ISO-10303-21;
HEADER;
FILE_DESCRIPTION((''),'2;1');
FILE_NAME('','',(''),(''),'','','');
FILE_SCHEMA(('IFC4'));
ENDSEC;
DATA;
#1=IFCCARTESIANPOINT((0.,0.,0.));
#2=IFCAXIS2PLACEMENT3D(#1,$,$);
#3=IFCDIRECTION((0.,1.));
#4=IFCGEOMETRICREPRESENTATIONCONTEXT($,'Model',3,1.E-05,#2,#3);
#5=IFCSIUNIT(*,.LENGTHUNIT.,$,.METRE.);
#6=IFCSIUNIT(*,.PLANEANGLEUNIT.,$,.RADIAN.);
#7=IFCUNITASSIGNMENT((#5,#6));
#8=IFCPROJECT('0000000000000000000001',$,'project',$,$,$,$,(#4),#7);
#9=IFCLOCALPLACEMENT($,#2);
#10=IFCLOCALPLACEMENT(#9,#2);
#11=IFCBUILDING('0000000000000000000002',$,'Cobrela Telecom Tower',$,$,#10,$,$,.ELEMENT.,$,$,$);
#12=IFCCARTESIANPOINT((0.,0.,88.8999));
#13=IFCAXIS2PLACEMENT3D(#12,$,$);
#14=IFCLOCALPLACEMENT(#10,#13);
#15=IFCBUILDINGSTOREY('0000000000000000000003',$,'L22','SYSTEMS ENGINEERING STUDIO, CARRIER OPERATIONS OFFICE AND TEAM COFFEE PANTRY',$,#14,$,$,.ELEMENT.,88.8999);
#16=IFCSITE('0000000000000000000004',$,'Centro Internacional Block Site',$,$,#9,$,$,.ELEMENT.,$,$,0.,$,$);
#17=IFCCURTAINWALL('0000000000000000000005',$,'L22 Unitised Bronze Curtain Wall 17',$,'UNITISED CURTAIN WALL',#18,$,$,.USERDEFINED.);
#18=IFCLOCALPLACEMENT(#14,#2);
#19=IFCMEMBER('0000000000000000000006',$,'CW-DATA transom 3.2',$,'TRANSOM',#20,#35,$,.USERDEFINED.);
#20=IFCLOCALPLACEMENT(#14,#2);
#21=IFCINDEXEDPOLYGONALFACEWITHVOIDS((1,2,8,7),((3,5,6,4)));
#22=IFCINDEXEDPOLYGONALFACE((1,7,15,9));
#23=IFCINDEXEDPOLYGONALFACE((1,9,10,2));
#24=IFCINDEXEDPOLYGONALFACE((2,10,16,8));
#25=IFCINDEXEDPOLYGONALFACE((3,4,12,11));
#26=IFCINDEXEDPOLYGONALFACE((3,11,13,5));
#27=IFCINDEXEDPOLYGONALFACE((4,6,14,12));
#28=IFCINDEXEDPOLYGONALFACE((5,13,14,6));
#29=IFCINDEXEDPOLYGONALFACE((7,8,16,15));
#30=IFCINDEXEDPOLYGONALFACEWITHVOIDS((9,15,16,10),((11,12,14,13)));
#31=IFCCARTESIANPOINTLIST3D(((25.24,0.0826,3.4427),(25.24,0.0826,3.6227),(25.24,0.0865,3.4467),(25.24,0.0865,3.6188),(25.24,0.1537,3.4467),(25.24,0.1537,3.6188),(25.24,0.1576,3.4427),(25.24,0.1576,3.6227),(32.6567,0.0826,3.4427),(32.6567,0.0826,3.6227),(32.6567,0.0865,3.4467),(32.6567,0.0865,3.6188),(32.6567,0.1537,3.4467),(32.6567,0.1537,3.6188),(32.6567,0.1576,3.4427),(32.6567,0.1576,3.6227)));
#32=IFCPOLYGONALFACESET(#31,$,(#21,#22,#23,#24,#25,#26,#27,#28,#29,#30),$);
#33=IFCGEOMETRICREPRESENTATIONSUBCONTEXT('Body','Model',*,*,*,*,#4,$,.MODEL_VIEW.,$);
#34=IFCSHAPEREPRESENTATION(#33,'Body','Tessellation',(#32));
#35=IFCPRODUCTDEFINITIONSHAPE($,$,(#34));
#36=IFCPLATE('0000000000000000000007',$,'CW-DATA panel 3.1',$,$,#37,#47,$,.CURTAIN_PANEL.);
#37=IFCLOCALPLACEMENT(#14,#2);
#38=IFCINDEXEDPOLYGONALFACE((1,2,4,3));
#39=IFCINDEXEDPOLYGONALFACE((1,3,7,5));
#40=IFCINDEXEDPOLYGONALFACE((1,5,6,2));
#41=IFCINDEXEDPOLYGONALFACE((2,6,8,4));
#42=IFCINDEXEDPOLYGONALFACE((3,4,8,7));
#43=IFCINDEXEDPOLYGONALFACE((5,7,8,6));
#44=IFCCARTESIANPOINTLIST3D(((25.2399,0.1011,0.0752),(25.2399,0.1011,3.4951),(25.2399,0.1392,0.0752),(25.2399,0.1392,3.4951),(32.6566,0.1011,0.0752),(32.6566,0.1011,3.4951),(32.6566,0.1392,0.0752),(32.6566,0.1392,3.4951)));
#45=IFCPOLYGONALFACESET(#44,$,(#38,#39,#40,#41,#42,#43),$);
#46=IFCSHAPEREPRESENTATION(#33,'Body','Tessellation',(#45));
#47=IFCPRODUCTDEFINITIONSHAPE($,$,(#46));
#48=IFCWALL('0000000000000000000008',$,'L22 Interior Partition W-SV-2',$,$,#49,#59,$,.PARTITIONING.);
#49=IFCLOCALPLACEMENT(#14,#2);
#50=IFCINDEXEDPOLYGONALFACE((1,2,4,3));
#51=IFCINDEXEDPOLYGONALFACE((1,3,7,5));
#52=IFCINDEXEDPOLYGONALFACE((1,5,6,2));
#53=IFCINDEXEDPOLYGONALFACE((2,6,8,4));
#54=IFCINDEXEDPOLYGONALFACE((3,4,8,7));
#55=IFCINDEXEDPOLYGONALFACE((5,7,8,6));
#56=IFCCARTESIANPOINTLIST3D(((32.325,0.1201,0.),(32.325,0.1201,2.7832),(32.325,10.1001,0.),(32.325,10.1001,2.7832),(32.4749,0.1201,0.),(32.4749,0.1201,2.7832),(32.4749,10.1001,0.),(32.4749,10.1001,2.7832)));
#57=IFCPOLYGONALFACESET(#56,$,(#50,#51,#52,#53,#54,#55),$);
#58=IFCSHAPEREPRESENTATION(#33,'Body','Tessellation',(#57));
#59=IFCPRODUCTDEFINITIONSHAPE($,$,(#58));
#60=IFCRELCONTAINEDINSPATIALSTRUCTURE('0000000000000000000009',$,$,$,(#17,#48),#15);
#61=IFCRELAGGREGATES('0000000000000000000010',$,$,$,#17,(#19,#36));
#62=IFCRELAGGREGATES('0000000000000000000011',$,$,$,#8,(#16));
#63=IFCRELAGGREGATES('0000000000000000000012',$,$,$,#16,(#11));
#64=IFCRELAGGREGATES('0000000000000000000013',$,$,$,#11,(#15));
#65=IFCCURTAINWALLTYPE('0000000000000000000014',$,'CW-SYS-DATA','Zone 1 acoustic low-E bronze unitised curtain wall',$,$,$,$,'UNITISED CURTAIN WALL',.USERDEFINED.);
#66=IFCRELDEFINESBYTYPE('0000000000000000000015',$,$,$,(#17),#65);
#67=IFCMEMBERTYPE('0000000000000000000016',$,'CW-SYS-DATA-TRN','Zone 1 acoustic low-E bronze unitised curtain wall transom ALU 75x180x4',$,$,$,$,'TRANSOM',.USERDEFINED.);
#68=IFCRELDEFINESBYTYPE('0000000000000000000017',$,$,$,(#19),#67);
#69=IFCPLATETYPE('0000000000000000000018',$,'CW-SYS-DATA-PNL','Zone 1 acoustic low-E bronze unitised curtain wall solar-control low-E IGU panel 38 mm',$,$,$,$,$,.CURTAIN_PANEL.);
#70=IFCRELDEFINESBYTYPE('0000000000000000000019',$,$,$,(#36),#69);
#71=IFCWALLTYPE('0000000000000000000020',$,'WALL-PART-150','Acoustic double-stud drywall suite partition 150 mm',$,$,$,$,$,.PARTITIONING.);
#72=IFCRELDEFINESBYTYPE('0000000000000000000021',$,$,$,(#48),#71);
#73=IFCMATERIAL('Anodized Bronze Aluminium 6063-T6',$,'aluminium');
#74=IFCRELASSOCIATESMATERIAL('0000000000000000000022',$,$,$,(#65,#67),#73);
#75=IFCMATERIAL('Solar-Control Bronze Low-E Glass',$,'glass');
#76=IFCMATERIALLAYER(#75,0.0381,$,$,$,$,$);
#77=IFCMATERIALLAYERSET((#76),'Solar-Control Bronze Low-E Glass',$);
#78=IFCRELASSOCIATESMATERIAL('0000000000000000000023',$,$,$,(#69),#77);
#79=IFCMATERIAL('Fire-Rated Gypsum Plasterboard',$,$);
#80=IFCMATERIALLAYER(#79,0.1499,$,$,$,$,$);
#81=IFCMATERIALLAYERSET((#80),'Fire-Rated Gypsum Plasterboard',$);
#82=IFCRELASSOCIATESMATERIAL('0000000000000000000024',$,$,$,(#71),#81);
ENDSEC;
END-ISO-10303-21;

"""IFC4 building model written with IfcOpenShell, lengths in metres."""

from ifc_helpers import new_model, si_unit, direction, frame, frame_2d, origin, origin_2d, place, context, subcontext, project, spatial, rectangle, hollow_rectangle, extrude, material, layer, layer_set, material_profile, profile_set, type_object, element, aggregate, save


model = new_model("IFC4")

# Units and contexts
model_context = context("Model", 3, precision=1e-05, world=origin(), true_north=direction((0.0, 1.0)))
body_context = subcontext(model_context, "Body", "Model", "MODEL_VIEW")
ifc_project = project(units=[si_unit("LENGTHUNIT", "METRE"), si_unit("PLANEANGLEUNIT", "RADIAN")], contexts=[model_context])

# Site, building, storey
site_placement = place(None, origin())
site = spatial("IfcSite", under=ifc_project, at=site_placement, Name="Centro Internacional Block Site", CompositionType="ELEMENT", RefElevation=0.0)
building_placement = place(site_placement, origin())
building = spatial("IfcBuilding", under=site, at=building_placement, Name="Cobrela Telecom Tower", CompositionType="ELEMENT")
storey_placement = place(building_placement, frame((0.0, 0.0, 88.8999)))
storey = spatial("IfcBuildingStorey", under=building, at=storey_placement, Name="L22", Description="SYSTEMS ENGINEERING STUDIO, CARRIER OPERATIONS OFFICE AND TEAM COFFEE PANTRY", CompositionType="ELEMENT", Elevation=88.8999)

# Curtain wall, member, plate
ifc_material_1 = material(Name="Anodized Bronze Aluminium 6063-T6", Category="aluminium")
curtain_wall_type = type_object("IfcCurtainWallType", Name="CW-SYS-DATA", Description="Zone 1 acoustic low-E bronze unitised curtain wall", ElementType="UNITISED CURTAIN WALL", PredefinedType="USERDEFINED", material=ifc_material_1)
curtain_wall_placement = place(storey_placement, origin())
curtain_wall = element("IfcCurtainWall", 1, at=curtain_wall_placement, inside=storey, type_object=curtain_wall_type, Name="L22 Unitised Bronze Curtain Wall 17", ObjectType="UNITISED CURTAIN WALL", PredefinedType="USERDEFINED")
ifc_material_profile_1 = material_profile(ifc_material_1, hollow_rectangle(XDim=0.075, YDim=0.1799, WallThickness=0.0039, at=origin_2d()), Name="ALU 75x180x4")
ifc_profile_set_1 = profile_set([ifc_material_profile_1], Name="Anodized Bronze Aluminium 6063-T6")
member_type_1 = type_object("IfcMemberType", Name="CW-SYS-DATA-TRN", Description="Zone 1 acoustic low-E bronze unitised curtain wall transom ALU 75x180x4", ElementType="TRANSOM", PredefinedType="USERDEFINED", material=ifc_profile_set_1)
member_1_placement = place(storey_placement, frame((32.6567, 0.1201, 3.5327), z_axis=(-1.0, 0.0, 0.0), x_axis=(0.0, -1.0, 0.0)))
member_1 = element("IfcMember", 2, at=member_1_placement, type_object=member_type_1, Name="CW-DATA transom 3.2", ObjectType="TRANSOM", PredefinedType="USERDEFINED", context=body_context, shape_type="SweptSolid", body=[
    extrude(hollow_rectangle(XDim=0.075, YDim=0.1799, WallThickness=0.0039, at=origin_2d()), origin(), (0.0, 0.0, 1.0), 7.4167),
])
ifc_material_2 = material(Name="Solar-Control Bronze Low-E Glass", Category="glass")
ifc_layer_1 = layer(ifc_material_2, 0.0381)
ifc_layer_set_1 = layer_set([ifc_layer_1], Name="Solar-Control Bronze Low-E Glass")
plate_type = type_object("IfcPlateType", Name="CW-SYS-DATA-PNL", Description="Zone 1 acoustic low-E bronze unitised curtain wall solar-control low-E IGU panel 38 mm", PredefinedType="CURTAIN_PANEL", material=ifc_layer_set_1)
plate_placement = place(storey_placement, frame((28.9482, 0.1201, 0.0752), z_axis=(0.0, 0.0, 1.0), x_axis=(-1.0, 0.0, 0.0)))
plate = element("IfcPlate", 3, at=plate_placement, type_object=plate_type, Name="CW-DATA panel 3.1", PredefinedType="CURTAIN_PANEL", context=body_context, shape_type="SweptSolid", body=[
    extrude(rectangle(XDim=7.4167, YDim=0.0381, at=origin_2d()), origin(), (0.0, 0.0, 1.0), 3.4199),
])
aggregate(curtain_wall, [member_1, plate])

# Wall
ifc_material_3 = material(Name="Fire-Rated Gypsum Plasterboard")
ifc_layer_2 = layer(ifc_material_3, 0.1499)
ifc_layer_set_2 = layer_set([ifc_layer_2], Name="Fire-Rated Gypsum Plasterboard")
wall_type = type_object("IfcWallType", Name="WALL-PART-150", Description="Acoustic double-stud drywall suite partition 150 mm", PredefinedType="PARTITIONING", material=ifc_layer_set_2)
wall_placement = place(storey_placement, frame((32.3999, 0.1201, 0.0), z_axis=(0.0, 0.0, 1.0), x_axis=(0.0, 1.0, 0.0)))
element("IfcWall", 4, at=wall_placement, inside=storey, type_object=wall_type, Name="L22 Interior Partition W-SV-2", PredefinedType="PARTITIONING", context=body_context, shape_type="SweptSolid", body=[
    extrude(rectangle(XDim=9.98, YDim=0.1499, at=frame_2d((4.99, 0.0))), origin(), (0.0, 0.0, 1.0), 2.7832),
])

save(model, "model.ifc")
